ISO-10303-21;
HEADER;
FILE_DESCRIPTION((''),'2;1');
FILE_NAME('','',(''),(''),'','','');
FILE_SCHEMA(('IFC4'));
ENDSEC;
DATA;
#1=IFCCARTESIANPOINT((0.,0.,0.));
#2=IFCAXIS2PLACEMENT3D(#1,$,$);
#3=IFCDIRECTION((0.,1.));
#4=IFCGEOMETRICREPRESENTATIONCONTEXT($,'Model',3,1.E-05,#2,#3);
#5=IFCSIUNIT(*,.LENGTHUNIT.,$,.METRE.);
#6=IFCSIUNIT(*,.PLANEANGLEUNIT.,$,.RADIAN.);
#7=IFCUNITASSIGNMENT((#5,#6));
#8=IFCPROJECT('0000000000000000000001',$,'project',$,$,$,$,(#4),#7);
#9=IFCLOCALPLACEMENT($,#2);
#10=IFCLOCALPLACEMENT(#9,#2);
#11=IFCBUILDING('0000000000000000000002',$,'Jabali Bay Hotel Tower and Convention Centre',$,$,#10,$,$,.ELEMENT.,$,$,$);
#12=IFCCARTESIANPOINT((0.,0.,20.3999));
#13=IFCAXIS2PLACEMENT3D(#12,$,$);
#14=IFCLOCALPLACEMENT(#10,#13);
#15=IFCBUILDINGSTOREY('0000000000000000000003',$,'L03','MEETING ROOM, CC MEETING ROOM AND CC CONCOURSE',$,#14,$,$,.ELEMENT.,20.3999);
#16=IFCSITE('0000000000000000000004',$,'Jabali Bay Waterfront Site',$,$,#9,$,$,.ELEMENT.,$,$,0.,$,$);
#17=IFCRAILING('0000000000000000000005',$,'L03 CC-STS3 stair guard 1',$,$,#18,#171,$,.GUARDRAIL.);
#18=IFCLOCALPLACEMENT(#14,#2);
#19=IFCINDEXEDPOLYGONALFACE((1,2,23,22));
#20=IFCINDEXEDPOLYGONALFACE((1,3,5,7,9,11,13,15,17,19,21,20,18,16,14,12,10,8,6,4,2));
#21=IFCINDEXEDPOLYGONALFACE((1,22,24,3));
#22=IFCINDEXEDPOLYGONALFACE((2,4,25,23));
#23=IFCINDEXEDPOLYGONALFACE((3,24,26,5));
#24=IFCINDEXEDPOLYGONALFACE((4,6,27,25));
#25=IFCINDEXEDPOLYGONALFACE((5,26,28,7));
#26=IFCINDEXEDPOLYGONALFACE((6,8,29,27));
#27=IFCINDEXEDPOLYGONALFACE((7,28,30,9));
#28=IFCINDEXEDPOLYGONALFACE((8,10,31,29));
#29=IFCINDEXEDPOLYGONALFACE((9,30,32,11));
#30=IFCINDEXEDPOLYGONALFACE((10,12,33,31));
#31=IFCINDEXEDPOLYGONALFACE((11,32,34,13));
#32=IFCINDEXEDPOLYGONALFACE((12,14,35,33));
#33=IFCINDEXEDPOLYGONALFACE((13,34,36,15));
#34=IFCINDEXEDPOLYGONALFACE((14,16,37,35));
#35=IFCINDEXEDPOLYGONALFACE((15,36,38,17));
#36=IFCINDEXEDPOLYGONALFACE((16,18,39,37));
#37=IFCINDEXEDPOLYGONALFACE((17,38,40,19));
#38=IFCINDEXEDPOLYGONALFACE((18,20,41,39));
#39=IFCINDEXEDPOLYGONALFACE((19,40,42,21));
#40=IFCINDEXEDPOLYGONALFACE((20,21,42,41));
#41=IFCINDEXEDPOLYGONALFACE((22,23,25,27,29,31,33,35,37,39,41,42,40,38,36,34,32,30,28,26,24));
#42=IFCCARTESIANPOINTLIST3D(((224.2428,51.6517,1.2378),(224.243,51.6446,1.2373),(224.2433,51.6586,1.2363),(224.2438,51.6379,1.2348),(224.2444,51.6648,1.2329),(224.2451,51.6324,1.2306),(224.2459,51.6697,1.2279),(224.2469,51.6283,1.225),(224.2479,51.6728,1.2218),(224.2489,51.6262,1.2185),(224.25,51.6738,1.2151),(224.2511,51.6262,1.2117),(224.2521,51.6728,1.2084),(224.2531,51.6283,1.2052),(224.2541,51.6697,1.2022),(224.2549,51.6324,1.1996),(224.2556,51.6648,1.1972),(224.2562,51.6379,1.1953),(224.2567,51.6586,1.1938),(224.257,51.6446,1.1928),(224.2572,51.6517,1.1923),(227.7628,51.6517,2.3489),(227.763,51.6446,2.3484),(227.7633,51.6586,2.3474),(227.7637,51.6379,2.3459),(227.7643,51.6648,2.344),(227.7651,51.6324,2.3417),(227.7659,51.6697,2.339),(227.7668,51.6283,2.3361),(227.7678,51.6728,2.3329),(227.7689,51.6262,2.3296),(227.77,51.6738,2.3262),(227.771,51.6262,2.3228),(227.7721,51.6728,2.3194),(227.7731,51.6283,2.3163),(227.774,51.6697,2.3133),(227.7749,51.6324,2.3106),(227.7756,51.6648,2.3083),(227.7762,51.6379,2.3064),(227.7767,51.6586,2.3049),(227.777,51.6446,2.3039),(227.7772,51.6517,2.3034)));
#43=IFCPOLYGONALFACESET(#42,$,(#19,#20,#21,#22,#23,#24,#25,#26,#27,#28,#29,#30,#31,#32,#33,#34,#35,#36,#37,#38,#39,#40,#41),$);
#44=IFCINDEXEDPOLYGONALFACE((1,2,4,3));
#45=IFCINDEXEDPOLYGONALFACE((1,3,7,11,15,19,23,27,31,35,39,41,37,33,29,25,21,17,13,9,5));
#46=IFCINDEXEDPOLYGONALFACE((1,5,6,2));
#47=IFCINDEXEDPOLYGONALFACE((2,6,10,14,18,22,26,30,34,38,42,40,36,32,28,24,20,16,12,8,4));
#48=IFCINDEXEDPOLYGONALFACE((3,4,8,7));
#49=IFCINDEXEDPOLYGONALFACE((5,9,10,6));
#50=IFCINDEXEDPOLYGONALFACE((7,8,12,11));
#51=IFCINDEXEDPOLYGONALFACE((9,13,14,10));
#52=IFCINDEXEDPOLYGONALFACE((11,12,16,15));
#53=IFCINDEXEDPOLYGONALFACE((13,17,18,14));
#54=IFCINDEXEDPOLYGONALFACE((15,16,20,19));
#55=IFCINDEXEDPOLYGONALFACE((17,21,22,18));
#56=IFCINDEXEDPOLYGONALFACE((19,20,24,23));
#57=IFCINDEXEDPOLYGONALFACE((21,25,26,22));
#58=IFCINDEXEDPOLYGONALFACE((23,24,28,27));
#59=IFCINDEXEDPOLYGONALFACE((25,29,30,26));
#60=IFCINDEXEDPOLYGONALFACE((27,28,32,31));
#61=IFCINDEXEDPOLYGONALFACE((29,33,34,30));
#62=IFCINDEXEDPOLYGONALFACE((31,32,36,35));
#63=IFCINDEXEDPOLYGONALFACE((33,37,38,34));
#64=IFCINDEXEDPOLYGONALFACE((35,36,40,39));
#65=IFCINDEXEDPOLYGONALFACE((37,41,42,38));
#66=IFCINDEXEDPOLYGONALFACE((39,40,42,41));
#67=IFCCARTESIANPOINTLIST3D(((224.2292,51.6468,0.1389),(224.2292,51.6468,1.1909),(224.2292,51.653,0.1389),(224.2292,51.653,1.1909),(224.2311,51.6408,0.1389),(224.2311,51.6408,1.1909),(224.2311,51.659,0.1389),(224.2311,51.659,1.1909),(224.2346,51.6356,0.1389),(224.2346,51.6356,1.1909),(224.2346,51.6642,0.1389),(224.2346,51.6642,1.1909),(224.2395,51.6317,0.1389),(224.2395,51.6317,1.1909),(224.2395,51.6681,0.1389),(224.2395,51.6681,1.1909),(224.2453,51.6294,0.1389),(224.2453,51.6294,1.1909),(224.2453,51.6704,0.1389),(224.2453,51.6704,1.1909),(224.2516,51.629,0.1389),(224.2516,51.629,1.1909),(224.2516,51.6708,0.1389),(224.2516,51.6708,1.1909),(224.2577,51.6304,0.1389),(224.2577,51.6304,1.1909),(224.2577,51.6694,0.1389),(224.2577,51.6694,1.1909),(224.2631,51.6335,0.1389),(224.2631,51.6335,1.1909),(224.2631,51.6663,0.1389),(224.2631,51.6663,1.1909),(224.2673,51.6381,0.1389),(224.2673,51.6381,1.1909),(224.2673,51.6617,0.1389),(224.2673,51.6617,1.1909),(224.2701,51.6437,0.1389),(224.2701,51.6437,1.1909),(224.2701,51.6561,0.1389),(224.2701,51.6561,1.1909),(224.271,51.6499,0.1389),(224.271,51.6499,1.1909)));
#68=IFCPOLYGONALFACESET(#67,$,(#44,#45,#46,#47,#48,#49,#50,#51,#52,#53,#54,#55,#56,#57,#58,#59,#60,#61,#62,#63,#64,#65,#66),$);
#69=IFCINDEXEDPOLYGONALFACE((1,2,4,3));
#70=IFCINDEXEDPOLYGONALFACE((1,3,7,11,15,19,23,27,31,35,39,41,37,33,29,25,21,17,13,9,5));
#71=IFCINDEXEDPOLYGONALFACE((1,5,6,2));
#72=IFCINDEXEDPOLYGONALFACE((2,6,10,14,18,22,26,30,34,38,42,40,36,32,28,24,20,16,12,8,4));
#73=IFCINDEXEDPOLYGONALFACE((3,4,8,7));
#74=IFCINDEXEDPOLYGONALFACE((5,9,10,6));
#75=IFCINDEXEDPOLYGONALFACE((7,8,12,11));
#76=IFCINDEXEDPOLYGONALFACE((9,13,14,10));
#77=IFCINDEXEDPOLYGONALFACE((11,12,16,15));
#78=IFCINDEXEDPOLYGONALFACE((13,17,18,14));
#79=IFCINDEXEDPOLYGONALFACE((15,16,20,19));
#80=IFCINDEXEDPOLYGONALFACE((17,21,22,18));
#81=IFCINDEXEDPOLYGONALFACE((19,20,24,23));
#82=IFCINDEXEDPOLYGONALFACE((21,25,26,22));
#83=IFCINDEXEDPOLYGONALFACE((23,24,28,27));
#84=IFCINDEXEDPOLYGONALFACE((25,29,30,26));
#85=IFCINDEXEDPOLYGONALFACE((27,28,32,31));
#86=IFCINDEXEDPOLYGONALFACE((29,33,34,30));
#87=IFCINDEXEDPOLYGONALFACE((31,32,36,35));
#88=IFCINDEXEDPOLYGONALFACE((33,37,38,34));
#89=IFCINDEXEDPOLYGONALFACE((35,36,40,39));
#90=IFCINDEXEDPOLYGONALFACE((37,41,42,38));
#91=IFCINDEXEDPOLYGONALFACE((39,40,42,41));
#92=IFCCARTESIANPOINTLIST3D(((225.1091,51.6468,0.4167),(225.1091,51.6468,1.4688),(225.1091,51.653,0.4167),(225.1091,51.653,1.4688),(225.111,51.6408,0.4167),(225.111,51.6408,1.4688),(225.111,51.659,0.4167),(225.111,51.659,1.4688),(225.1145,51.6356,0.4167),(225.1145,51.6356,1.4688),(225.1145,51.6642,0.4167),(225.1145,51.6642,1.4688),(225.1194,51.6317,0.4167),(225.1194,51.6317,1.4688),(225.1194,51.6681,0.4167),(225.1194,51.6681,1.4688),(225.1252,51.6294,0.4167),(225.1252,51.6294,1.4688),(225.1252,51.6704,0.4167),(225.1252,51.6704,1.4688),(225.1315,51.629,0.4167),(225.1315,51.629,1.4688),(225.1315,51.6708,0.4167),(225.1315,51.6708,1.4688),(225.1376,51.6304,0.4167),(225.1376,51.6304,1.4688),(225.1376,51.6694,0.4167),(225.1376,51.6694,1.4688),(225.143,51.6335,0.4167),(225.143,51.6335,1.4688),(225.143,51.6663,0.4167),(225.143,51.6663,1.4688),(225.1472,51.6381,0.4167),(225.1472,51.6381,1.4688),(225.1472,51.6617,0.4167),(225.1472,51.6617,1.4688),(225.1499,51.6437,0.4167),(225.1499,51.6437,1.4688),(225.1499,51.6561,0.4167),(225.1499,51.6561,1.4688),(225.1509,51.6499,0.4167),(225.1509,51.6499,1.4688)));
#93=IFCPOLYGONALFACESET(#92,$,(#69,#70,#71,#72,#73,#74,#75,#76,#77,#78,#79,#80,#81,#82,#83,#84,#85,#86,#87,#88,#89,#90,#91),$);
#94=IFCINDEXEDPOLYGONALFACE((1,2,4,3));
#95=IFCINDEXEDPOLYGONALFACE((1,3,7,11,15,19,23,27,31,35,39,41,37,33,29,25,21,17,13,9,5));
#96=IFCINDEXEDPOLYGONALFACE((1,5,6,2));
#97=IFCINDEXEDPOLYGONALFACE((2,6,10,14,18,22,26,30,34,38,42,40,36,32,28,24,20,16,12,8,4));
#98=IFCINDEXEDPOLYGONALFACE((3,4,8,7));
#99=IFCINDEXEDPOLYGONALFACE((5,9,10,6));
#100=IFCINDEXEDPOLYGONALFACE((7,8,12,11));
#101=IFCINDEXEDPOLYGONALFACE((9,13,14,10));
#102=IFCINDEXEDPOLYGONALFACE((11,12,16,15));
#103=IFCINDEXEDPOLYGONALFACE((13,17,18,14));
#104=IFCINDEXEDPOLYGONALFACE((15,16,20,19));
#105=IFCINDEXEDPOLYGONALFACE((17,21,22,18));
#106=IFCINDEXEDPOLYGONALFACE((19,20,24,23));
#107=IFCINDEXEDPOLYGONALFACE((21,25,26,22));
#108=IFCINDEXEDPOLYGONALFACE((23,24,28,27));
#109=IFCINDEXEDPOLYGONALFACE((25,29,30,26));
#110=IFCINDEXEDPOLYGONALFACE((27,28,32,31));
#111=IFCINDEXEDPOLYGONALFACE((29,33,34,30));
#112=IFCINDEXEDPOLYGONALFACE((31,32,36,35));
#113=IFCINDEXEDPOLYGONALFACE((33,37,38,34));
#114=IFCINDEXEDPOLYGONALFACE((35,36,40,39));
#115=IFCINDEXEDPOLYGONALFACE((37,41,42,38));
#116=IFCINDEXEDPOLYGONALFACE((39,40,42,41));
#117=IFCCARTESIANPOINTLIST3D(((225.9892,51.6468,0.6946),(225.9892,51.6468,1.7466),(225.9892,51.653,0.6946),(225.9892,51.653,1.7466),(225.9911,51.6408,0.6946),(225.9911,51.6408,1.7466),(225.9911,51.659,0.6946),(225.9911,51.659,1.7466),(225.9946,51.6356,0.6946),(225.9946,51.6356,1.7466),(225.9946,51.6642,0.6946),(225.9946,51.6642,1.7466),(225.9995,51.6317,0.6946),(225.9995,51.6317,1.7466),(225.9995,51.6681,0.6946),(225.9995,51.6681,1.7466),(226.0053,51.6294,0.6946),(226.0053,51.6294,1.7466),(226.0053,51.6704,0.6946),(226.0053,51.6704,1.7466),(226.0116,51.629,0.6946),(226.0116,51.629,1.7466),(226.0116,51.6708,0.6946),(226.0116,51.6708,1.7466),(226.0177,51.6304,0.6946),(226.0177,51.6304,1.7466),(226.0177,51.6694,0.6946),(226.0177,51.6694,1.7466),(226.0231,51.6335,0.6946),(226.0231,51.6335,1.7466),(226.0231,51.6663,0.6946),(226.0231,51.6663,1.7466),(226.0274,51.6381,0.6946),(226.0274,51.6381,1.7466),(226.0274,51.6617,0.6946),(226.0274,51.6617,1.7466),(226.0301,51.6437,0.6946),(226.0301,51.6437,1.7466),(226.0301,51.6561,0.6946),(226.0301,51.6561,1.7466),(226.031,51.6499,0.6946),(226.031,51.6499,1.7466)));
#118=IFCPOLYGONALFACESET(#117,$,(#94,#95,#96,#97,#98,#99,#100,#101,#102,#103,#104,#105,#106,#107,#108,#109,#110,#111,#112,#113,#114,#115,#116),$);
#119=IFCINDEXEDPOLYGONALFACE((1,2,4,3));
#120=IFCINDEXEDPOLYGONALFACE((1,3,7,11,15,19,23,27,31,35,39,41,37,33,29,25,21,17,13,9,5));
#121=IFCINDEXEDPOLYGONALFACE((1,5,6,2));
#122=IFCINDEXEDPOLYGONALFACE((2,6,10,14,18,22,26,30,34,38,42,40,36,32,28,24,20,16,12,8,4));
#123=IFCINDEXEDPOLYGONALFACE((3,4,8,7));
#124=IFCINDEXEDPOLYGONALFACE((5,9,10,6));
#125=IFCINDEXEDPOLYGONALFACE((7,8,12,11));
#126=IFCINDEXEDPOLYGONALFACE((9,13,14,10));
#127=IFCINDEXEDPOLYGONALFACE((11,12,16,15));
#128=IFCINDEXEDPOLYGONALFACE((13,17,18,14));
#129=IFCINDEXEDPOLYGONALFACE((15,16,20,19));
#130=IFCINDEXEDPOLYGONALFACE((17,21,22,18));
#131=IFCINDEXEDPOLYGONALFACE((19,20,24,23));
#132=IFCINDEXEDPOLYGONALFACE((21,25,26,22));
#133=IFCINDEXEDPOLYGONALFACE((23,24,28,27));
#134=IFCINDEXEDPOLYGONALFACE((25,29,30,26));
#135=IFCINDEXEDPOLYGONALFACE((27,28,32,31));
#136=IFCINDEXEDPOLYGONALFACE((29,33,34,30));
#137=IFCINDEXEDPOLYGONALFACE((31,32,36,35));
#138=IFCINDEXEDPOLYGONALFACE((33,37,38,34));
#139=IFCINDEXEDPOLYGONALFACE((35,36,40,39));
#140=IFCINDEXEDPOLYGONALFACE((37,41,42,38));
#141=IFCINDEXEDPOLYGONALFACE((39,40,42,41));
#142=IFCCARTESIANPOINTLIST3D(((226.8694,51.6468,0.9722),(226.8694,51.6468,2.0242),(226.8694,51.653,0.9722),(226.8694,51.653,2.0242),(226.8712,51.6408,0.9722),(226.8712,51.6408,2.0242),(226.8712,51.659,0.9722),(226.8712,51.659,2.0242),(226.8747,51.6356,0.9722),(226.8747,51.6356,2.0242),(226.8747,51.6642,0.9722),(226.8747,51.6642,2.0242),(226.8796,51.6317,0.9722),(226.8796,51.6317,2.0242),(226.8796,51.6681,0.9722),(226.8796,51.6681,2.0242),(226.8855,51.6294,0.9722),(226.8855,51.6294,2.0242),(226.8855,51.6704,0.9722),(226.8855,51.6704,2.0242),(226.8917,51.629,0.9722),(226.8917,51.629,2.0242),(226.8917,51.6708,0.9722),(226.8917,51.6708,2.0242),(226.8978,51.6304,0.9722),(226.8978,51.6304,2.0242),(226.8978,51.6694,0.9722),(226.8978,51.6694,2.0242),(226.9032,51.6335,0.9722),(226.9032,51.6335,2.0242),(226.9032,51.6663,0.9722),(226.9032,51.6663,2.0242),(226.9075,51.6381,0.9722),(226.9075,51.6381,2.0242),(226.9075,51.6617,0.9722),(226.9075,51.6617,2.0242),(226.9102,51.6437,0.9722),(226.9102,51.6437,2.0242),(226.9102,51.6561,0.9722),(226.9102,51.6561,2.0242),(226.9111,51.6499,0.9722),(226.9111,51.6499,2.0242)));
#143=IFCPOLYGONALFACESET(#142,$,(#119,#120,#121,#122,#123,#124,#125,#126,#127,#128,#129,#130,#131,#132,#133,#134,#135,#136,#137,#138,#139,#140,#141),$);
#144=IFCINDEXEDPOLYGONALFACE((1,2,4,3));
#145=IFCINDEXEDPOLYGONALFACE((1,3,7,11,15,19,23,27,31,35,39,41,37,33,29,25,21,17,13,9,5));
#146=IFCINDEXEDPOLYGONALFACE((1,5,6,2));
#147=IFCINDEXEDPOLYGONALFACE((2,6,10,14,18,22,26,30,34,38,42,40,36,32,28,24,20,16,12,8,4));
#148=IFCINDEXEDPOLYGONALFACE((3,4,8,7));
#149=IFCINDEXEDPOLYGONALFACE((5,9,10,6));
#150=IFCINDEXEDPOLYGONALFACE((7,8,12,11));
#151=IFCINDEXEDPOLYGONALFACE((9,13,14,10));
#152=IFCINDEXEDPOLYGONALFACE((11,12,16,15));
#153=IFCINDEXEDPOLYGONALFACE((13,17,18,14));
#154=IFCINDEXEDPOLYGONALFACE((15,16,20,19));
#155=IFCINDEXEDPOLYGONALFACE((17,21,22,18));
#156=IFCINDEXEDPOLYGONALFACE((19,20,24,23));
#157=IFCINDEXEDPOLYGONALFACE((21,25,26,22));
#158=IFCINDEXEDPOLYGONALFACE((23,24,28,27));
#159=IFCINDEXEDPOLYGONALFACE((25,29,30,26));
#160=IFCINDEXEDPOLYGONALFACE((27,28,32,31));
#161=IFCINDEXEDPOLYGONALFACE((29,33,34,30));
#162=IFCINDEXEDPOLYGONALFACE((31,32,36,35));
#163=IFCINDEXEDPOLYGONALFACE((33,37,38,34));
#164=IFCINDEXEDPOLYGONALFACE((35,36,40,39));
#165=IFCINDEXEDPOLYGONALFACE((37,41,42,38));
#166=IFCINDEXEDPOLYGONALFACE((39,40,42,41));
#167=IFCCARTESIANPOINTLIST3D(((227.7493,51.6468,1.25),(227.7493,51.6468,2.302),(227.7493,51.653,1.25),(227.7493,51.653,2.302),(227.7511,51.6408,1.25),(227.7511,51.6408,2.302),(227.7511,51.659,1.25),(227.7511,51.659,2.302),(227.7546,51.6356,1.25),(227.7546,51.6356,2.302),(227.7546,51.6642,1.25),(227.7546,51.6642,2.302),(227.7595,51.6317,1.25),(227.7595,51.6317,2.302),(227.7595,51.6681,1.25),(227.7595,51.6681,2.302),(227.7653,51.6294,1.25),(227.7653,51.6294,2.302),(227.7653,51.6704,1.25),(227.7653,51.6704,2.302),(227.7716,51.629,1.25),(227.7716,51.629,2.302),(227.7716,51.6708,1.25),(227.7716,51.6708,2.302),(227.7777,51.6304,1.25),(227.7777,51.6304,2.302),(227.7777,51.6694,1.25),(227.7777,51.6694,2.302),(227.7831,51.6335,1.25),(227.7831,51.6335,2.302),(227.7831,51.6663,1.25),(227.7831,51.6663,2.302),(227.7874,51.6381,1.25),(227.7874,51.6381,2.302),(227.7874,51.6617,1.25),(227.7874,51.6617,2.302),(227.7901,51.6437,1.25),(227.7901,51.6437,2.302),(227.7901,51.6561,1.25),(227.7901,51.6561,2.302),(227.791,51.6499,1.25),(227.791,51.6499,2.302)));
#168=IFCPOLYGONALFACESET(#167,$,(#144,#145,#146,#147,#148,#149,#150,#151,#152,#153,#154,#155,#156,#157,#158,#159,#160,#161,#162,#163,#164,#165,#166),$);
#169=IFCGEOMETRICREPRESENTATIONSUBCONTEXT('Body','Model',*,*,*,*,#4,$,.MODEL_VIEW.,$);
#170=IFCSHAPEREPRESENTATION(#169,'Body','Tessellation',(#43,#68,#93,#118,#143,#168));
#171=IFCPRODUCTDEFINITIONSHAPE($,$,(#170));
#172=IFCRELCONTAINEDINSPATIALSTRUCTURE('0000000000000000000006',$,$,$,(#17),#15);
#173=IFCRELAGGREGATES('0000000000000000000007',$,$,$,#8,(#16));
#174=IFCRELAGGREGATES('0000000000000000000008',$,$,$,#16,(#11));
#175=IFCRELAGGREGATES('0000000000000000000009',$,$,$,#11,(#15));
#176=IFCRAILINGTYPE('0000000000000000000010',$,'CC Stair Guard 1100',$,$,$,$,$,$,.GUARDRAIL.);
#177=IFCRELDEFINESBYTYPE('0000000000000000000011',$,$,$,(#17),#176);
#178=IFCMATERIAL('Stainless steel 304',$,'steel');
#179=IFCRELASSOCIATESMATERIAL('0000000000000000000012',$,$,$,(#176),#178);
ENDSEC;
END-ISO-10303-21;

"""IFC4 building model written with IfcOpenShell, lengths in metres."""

from ifc_helpers import new_model, si_unit, direction, frame, origin, origin_2d, place, context, subcontext, project, spatial, circle, extrude, material, type_object, element, save


model = new_model("IFC4")

# Units and contexts
model_context = context("Model", 3, precision=1e-05, world=origin(), true_north=direction((0.0, 1.0)))
body_context = subcontext(model_context, "Body", "Model", "MODEL_VIEW")
ifc_project = project(units=[si_unit("LENGTHUNIT", "METRE"), si_unit("PLANEANGLEUNIT", "RADIAN")], contexts=[model_context])

# Site, building, storey
site_placement = place(None, origin())
site = spatial("IfcSite", under=ifc_project, at=site_placement, Name="Jabali Bay Waterfront Site", CompositionType="ELEMENT", RefElevation=0.0)
building_placement = place(site_placement, origin())
building = spatial("IfcBuilding", under=site, at=building_placement, Name="Jabali Bay Hotel Tower and Convention Centre", CompositionType="ELEMENT")
storey_placement = place(building_placement, frame((0.0, 0.0, 20.3999)))
storey = spatial("IfcBuildingStorey", under=building, at=storey_placement, Name="L03", Description="MEETING ROOM, CC MEETING ROOM AND CC CONCOURSE", CompositionType="ELEMENT", Elevation=20.3999)

# Railing
ifc_material_1 = material(Name="Stainless steel 304", Category="steel")
railing_type_1 = type_object("IfcRailingType", Name="CC Stair Guard 1100", PredefinedType="GUARDRAIL", material=ifc_material_1)
railing_1_placement = place(storey_placement, frame((224.25, 51.6499, 0.1389)))
element("IfcRailing", 1, at=railing_1_placement, inside=storey, type_object=railing_type_1, Name="L03 CC-STS3 stair guard 1", PredefinedType="GUARDRAIL", context=body_context, shape_type="SweptSolid", body=[
    extrude(circle(Radius=0.0239, at=origin_2d()), frame((0.0, 0.0, 1.0762), z_axis=(0.953622, 0.0, 0.301008), x_axis=(0.0, 1.0, 0.0)), (0.0, 0.0, 1.0), 3.6912),
    extrude(circle(Radius=0.021, at=origin_2d()), origin(), (0.0, 0.0, 1.0), 1.052),
    extrude(circle(Radius=0.021, at=origin_2d()), frame((0.8799, 0.0, 0.2778)), (0.0, 0.0, 1.0), 1.052),
    extrude(circle(Radius=0.021, at=origin_2d()), frame((1.76, 0.0, 0.5557)), (0.0, 0.0, 1.0), 1.052),
    extrude(circle(Radius=0.021, at=origin_2d()), frame((2.6401, 0.0, 0.8333)), (0.0, 0.0, 1.0), 1.052),
    extrude(circle(Radius=0.021, at=origin_2d()), frame((3.52, 0.0, 1.1111)), (0.0, 0.0, 1.0), 1.052),
])

save(model, "model.ifc")
